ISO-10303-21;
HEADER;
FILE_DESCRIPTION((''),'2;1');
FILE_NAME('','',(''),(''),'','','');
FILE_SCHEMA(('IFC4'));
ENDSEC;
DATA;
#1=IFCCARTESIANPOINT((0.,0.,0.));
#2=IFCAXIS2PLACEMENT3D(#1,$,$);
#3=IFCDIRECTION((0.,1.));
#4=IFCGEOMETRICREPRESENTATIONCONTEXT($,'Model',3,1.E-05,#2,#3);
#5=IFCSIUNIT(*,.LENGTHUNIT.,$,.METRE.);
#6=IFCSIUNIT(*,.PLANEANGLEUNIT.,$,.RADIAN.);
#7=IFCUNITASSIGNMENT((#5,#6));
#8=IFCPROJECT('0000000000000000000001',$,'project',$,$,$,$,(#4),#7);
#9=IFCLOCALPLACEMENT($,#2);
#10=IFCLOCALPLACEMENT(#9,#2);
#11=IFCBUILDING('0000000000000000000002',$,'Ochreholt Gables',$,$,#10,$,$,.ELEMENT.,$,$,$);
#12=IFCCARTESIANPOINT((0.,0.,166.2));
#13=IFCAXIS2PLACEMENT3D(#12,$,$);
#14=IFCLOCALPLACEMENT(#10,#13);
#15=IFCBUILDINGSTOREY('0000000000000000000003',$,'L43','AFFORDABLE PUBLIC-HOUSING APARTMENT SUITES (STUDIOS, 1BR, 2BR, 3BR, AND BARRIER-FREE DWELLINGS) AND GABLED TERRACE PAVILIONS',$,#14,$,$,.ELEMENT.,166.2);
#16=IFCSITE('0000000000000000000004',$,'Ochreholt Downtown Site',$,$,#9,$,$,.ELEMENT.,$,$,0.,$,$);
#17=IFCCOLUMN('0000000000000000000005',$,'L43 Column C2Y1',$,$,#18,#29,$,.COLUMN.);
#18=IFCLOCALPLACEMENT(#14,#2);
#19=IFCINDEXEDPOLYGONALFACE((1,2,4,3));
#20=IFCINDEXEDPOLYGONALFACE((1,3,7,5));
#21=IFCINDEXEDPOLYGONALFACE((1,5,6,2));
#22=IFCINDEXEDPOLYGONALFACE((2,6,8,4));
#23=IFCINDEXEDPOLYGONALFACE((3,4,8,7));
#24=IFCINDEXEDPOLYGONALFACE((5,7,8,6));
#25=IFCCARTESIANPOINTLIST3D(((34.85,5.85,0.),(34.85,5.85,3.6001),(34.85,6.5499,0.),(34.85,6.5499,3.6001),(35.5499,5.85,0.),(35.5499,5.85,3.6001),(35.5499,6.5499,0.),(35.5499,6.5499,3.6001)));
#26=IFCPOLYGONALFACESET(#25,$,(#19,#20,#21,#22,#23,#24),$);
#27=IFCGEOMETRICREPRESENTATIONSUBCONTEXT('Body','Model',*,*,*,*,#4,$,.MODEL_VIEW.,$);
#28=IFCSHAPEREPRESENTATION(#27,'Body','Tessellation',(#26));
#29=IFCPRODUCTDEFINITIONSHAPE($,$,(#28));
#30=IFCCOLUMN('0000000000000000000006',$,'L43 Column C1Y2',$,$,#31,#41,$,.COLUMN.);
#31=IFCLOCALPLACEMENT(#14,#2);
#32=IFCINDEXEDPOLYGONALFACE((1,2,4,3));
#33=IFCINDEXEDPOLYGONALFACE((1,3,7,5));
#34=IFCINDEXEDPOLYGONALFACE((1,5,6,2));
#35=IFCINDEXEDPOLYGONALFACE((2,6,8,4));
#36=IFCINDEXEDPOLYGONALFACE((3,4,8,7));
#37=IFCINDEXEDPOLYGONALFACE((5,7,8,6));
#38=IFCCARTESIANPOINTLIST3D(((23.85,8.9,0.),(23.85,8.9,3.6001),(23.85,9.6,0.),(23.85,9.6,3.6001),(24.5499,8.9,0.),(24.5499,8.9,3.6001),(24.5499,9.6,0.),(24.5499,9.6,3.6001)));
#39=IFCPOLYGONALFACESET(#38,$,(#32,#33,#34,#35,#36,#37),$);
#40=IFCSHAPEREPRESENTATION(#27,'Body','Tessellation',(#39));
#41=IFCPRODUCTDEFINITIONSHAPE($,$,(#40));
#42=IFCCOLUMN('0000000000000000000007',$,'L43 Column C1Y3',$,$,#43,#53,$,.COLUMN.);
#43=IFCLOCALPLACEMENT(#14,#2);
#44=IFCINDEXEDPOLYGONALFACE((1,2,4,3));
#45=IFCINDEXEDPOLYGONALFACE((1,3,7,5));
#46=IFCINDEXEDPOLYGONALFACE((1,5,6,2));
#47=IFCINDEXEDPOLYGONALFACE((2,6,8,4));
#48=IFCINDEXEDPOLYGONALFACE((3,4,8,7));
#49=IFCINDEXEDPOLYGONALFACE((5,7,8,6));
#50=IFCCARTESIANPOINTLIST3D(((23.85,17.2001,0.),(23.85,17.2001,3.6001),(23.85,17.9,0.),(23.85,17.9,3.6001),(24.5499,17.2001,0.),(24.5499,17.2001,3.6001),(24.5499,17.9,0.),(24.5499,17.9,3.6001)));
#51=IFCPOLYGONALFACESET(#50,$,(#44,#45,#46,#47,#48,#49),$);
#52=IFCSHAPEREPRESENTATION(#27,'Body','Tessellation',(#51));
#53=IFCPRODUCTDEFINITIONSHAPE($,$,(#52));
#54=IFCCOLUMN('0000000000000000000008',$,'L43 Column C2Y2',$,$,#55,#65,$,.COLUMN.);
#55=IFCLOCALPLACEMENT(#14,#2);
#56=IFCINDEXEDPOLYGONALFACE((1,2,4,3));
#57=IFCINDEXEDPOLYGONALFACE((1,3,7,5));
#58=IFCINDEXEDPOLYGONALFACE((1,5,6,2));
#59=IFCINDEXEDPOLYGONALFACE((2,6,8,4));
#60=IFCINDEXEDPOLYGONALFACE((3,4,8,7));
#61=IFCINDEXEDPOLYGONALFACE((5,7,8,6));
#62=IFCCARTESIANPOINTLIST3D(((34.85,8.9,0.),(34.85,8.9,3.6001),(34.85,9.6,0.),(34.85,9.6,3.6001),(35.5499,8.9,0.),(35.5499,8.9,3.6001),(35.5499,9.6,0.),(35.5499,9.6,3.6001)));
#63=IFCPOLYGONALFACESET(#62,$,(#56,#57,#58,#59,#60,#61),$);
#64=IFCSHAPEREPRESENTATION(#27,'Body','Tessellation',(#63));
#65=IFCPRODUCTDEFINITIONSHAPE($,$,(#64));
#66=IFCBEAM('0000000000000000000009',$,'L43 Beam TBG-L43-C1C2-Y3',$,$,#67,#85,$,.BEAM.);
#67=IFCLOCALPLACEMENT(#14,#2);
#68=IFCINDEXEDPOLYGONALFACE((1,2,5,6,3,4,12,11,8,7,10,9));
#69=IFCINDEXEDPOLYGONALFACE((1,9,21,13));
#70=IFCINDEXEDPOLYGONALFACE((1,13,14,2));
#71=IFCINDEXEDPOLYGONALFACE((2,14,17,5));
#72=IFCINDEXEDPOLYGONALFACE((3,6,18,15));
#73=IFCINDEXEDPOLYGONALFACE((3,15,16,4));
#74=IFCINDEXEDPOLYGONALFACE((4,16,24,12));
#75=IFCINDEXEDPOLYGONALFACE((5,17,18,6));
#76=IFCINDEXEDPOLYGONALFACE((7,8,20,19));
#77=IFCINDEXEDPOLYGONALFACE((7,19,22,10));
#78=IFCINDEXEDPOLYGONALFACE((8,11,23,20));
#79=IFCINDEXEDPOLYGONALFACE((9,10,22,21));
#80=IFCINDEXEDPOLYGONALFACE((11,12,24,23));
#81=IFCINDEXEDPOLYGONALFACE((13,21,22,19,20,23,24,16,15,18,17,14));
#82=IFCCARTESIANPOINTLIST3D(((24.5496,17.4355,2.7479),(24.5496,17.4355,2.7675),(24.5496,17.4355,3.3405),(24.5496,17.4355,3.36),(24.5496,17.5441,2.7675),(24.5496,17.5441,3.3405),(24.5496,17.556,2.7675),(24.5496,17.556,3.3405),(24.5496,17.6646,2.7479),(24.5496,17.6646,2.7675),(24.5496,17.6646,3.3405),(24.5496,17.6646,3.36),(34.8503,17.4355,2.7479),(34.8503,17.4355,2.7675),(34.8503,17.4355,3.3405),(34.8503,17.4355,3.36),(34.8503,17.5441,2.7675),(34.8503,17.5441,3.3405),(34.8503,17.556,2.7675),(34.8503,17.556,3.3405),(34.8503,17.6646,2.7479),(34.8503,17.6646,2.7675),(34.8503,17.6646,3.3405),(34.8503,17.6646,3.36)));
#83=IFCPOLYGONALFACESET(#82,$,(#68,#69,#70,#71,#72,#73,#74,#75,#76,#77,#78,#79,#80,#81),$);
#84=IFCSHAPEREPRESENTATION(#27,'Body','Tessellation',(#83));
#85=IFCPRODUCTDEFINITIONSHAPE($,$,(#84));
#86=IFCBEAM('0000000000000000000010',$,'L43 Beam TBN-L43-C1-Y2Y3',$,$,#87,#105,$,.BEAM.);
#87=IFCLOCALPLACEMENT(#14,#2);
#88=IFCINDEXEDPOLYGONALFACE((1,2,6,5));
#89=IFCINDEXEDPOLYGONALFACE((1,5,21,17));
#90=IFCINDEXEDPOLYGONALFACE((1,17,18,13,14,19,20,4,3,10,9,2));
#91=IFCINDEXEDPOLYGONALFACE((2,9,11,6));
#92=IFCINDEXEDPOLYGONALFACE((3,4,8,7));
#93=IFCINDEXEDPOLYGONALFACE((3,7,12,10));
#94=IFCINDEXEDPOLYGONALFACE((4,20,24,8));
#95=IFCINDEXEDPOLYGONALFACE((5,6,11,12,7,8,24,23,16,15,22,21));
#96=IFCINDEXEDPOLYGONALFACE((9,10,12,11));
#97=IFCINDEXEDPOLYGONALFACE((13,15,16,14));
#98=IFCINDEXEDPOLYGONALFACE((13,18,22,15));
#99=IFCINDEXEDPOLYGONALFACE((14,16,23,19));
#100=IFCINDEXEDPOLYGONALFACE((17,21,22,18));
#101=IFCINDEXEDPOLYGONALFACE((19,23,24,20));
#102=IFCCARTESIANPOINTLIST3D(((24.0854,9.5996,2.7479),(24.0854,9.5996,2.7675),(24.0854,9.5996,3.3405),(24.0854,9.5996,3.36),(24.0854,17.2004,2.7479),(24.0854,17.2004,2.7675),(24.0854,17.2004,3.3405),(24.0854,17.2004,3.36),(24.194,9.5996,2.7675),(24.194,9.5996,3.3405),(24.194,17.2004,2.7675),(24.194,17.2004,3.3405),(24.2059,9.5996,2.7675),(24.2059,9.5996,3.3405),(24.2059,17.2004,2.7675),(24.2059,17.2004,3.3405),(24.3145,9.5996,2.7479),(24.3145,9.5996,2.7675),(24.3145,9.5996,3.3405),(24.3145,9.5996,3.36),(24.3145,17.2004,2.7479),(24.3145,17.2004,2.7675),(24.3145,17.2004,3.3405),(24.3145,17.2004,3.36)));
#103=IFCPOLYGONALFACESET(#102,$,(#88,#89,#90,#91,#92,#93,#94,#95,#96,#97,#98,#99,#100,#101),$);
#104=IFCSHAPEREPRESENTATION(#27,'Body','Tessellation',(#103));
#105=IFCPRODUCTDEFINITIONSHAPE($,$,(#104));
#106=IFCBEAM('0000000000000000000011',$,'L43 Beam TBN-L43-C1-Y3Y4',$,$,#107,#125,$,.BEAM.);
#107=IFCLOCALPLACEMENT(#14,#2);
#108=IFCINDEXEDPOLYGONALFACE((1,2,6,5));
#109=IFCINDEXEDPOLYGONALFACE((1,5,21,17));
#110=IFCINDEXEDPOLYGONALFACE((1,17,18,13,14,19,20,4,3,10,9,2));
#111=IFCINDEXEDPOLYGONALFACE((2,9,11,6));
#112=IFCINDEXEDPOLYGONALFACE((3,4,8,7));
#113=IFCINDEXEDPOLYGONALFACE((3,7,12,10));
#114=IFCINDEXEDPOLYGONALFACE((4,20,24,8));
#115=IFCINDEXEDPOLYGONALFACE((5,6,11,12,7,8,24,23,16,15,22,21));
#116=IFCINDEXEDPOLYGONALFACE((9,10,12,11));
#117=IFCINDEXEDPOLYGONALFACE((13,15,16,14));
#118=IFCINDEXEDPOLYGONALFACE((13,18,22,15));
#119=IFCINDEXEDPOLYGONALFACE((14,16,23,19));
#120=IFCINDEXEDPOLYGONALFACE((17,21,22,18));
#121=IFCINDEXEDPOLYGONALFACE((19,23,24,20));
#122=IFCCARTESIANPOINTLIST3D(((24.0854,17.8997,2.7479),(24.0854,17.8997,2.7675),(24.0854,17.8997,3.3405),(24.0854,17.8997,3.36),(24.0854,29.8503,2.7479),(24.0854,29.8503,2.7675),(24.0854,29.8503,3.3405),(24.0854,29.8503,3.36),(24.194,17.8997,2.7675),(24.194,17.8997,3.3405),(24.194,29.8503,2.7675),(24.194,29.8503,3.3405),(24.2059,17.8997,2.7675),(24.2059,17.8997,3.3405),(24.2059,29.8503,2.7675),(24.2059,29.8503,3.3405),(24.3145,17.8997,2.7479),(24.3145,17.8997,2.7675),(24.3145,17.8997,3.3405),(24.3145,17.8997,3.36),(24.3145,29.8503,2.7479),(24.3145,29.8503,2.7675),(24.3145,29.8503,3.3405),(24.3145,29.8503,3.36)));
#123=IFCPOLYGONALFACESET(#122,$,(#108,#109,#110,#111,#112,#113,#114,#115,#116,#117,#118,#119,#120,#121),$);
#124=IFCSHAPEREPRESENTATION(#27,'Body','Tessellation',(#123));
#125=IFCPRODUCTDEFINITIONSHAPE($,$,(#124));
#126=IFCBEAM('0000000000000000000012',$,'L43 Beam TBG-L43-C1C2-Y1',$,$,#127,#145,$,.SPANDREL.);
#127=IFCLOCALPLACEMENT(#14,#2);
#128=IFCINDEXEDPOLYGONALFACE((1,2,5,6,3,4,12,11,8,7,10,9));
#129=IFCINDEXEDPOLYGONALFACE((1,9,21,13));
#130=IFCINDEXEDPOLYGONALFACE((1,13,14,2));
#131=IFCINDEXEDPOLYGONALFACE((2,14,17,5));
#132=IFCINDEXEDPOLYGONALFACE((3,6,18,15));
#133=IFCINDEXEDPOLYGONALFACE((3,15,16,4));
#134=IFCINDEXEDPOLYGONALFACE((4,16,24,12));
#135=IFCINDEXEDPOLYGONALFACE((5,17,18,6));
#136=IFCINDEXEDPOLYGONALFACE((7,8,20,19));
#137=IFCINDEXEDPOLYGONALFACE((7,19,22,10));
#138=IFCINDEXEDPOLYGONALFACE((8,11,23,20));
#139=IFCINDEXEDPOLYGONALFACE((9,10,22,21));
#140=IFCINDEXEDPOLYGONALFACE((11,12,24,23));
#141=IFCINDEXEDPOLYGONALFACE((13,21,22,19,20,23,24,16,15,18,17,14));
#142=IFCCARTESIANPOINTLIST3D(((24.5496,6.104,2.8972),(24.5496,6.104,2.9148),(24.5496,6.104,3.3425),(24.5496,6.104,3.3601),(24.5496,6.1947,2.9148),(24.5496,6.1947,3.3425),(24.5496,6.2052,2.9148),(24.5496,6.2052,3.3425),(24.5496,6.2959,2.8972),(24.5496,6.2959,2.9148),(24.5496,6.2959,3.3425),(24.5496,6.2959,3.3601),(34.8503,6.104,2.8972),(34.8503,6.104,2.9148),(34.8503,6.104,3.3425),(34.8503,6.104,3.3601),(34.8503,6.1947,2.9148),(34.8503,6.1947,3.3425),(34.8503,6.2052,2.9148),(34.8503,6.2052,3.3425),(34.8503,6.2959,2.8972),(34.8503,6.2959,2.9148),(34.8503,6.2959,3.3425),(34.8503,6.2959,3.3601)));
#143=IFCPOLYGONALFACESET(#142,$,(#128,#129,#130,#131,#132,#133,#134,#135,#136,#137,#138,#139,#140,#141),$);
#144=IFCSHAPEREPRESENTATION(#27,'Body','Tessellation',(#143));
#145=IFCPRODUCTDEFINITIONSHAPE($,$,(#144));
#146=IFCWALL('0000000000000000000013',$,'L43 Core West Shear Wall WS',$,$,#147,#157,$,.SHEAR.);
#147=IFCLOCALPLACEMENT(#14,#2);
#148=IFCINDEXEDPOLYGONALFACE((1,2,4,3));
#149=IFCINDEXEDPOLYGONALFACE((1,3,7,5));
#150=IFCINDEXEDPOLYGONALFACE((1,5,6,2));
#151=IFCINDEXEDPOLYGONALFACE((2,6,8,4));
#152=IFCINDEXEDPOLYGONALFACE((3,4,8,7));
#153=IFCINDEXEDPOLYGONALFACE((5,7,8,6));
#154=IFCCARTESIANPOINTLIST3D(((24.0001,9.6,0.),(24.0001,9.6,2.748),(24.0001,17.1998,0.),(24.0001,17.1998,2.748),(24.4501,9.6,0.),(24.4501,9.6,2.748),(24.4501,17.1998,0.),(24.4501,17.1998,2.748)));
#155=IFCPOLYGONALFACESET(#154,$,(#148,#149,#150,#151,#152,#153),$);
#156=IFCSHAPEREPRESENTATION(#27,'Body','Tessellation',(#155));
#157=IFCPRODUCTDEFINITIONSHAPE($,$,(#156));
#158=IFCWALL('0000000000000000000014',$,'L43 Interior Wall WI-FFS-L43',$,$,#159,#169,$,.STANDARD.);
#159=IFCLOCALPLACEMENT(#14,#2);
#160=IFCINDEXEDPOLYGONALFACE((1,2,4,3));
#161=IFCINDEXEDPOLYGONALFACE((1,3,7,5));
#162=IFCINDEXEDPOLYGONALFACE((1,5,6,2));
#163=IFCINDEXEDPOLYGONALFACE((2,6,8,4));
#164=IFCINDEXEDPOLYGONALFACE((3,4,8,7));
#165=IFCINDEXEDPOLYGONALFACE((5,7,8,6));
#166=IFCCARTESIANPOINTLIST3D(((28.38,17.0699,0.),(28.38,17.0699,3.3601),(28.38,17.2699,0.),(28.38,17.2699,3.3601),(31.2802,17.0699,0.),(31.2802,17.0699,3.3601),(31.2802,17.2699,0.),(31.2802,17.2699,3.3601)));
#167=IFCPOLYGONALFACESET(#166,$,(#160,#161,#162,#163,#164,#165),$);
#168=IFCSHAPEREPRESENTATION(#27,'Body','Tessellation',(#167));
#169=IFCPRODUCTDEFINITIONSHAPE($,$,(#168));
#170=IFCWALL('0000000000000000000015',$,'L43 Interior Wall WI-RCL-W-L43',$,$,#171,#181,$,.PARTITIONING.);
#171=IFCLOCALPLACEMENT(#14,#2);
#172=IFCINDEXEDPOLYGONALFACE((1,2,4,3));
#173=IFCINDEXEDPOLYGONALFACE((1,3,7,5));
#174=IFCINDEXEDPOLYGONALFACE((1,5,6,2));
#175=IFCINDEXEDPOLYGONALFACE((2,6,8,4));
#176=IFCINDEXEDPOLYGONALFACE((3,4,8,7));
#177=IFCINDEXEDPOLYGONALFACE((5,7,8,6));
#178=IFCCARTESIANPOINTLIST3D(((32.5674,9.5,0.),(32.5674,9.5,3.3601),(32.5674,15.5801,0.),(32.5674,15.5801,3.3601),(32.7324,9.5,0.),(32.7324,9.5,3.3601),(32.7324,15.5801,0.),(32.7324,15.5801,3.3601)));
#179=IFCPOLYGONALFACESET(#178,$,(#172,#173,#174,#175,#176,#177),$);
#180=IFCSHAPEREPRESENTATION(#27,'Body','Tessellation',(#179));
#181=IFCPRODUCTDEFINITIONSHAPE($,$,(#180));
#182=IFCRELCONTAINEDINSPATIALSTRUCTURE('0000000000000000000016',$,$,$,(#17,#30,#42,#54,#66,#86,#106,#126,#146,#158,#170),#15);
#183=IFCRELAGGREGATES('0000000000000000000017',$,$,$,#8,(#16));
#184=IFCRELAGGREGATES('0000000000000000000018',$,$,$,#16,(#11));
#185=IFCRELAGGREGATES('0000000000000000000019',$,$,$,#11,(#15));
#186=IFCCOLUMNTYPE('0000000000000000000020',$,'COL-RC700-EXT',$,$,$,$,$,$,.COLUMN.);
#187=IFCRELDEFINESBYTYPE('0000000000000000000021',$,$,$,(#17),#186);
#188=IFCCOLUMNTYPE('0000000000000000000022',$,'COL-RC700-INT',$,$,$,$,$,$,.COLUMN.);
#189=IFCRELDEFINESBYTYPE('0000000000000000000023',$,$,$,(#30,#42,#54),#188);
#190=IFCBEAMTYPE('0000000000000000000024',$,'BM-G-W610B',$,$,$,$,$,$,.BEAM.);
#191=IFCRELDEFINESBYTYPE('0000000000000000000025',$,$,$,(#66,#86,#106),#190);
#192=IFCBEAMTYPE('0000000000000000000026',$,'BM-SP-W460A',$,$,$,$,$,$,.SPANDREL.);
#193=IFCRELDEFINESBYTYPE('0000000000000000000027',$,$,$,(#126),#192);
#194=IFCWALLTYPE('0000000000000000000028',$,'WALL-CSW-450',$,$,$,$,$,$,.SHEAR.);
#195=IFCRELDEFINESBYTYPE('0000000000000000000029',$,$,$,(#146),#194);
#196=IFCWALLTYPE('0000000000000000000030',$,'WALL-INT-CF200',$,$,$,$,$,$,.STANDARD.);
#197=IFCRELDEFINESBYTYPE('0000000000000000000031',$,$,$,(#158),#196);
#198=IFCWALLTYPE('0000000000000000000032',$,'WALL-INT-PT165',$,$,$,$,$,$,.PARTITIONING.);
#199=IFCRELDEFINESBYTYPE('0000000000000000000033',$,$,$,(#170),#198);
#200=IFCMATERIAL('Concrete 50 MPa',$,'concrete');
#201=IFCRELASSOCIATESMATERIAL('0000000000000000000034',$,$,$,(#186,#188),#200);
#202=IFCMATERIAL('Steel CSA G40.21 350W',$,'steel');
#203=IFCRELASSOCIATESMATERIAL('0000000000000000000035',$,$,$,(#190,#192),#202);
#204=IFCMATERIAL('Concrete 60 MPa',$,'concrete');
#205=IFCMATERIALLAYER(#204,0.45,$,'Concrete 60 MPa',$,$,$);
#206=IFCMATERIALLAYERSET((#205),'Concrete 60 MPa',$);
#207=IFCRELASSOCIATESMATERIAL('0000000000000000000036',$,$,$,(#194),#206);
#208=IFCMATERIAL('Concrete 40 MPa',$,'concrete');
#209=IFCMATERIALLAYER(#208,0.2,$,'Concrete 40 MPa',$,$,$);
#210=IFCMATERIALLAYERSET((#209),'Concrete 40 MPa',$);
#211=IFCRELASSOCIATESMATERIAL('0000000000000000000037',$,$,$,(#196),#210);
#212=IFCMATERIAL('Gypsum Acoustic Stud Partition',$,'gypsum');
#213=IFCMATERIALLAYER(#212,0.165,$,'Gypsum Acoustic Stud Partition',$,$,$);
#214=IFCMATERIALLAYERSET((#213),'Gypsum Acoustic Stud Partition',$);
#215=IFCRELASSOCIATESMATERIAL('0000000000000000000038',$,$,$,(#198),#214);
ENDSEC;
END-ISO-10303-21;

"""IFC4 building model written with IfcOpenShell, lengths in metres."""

from ifc_helpers import new_model, si_unit, direction, frame, frame_2d, origin, origin_2d, place, context, subcontext, project, spatial, rectangle, i_section, extrude, material, layer, layer_set, material_profile, profile_set, type_object, element, save


model = new_model("IFC4")

# Units and contexts
model_context = context("Model", 3, precision=1e-05, world=origin(), true_north=direction((0.0, 1.0)))
body_context = subcontext(model_context, "Body", "Model", "MODEL_VIEW")
ifc_project = project(units=[si_unit("LENGTHUNIT", "METRE"), si_unit("PLANEANGLEUNIT", "RADIAN")], contexts=[model_context])

# Site, building, storey
site_placement = place(None, origin())
site = spatial("IfcSite", under=ifc_project, at=site_placement, Name="Ochreholt Downtown Site", CompositionType="ELEMENT", RefElevation=0.0)
building_placement = place(site_placement, origin())
building = spatial("IfcBuilding", under=site, at=building_placement, Name="Ochreholt Gables", CompositionType="ELEMENT")
storey_placement = place(building_placement, frame((0.0, 0.0, 166.2)))
storey = spatial("IfcBuildingStorey", under=building, at=storey_placement, Name="L43", Description="AFFORDABLE PUBLIC-HOUSING APARTMENT SUITES (STUDIOS, 1BR, 2BR, 3BR, AND BARRIER-FREE DWELLINGS) AND GABLED TERRACE PAVILIONS", CompositionType="ELEMENT", Elevation=166.2)

# Columns
ifc_material_1 = material(Name="Concrete 50 MPa", Category="concrete")
ifc_material_profile_1 = material_profile(ifc_material_1, rectangle(XDim=0.7, YDim=0.7, at=origin_2d()), Name="RC700X700")
ifc_profile_set_1 = profile_set([ifc_material_profile_1], Name="Concrete 50 MPa")
column_type_1 = type_object("IfcColumnType", Name="COL-RC700-EXT", PredefinedType="COLUMN", material=ifc_profile_set_1)
column_placement = place(storey_placement, frame((35.2, 6.2, 0.0), z_axis=(0.0, 0.0, 1.0), x_axis=(1.0, 0.0, 0.0)))
element("IfcColumn", 1, at=column_placement, inside=storey, type_object=column_type_1, Name="L43 Column C2Y1", PredefinedType="COLUMN", context=body_context, shape_type="SweptSolid", body=[
    extrude(rectangle(XDim=0.7, YDim=0.7, at=origin_2d()), origin(), (0.0, 0.0, 1.0), 3.6001),
])
ifc_material_profile_2 = material_profile(ifc_material_1, rectangle(XDim=0.7, YDim=0.7, at=origin_2d()), Name="RC700X700")
ifc_profile_set_2 = profile_set([ifc_material_profile_2], Name="Concrete 50 MPa")
column_type_2 = type_object("IfcColumnType", Name="COL-RC700-INT", PredefinedType="COLUMN", material=ifc_profile_set_2)
for number, where, z_axis, x_axis, name in (
    (2, (24.2, 9.25, 0.0), (0.0, 0.0, 1.0), (1.0, 0.0, 0.0), "L43 Column C1Y2"),
    (3, (24.2, 17.55, 0.0), (0.0, 0.0, 1.0), (1.0, 0.0, 0.0), "L43 Column C1Y3"),
    (4, (35.2, 9.25, 0.0), (0.0, 0.0, 1.0), (1.0, 0.0, 0.0), "L43 Column C2Y2"),
):
    element("IfcColumn", number, at=place(storey_placement, frame(where, z_axis=z_axis, x_axis=x_axis)), inside=storey, type_object=column_type_2, Name=name, PredefinedType="COLUMN", context=body_context, shape_type="SweptSolid", body=[
        extrude(rectangle(XDim=0.7, YDim=0.7, at=origin_2d()), origin(), (0.0, 0.0, 1.0), 3.6001),
    ])

# Beams
ifc_material_2 = material(Name="Steel CSA G40.21 350W", Category="steel")
ifc_material_profile_3 = material_profile(ifc_material_2, i_section(OverallWidth=0.229, OverallDepth=0.6121, WebThickness=0.012, FlangeThickness=0.0195, at=origin_2d()), Name="W610X125")
ifc_profile_set_3 = profile_set([ifc_material_profile_3], Name="Steel CSA G40.21 350W")
beam_type_1 = type_object("IfcBeamType", Name="BM-G-W610B", PredefinedType="BEAM", material=ifc_profile_set_3)
beam_1_placement = place(storey_placement, frame((24.5496, 17.55, 3.054), z_axis=(1.0, 0.0, 0.0), x_axis=(0.0, 1.0, 0.0)))
element("IfcBeam", 5, at=beam_1_placement, inside=storey, type_object=beam_type_1, Name="L43 Beam TBG-L43-C1C2-Y3", PredefinedType="BEAM", context=body_context, shape_type="SweptSolid", body=[
    extrude(i_section(OverallWidth=0.229, OverallDepth=0.6121, WebThickness=0.012, FlangeThickness=0.0195, at=origin_2d()), origin(), (0.0, 0.0, 1.0), 10.3008),
])
beam_2_placement = place(storey_placement, frame((24.2, 9.5996, 3.054), z_axis=(0.0, 1.0, 0.0), x_axis=(-1.0, 0.0, 0.0)))
element("IfcBeam", 6, at=beam_2_placement, inside=storey, type_object=beam_type_1, Name="L43 Beam TBN-L43-C1-Y2Y3", PredefinedType="BEAM", context=body_context, shape_type="SweptSolid", body=[
    extrude(i_section(OverallWidth=0.229, OverallDepth=0.6121, WebThickness=0.012, FlangeThickness=0.0195, at=origin_2d()), origin(), (0.0, 0.0, 1.0), 7.6008),
])
beam_3_placement = place(storey_placement, frame((24.2, 17.8997, 3.054), z_axis=(0.0, 1.0, 0.0), x_axis=(-1.0, 0.0, 0.0)))
element("IfcBeam", 7, at=beam_3_placement, inside=storey, type_object=beam_type_1, Name="L43 Beam TBN-L43-C1-Y3Y4", PredefinedType="BEAM", context=body_context, shape_type="SweptSolid", body=[
    extrude(i_section(OverallWidth=0.229, OverallDepth=0.6121, WebThickness=0.012, FlangeThickness=0.0195, at=origin_2d()), origin(), (0.0, 0.0, 1.0), 11.9507),
])
ifc_material_profile_4 = material_profile(ifc_material_2, i_section(OverallWidth=0.1919, OverallDepth=0.4629, WebThickness=0.0105, FlangeThickness=0.0176, at=origin_2d()), Name="W460X89")
ifc_profile_set_4 = profile_set([ifc_material_profile_4], Name="Steel CSA G40.21 350W")
beam_type_2 = type_object("IfcBeamType", Name="BM-SP-W460A", PredefinedType="SPANDREL", material=ifc_profile_set_4)
beam_4_placement = place(storey_placement, frame((24.5496, 6.2, 3.1287), z_axis=(1.0, 0.0, 0.0), x_axis=(0.0, 1.0, 0.0)))
element("IfcBeam", 8, at=beam_4_placement, inside=storey, type_object=beam_type_2, Name="L43 Beam TBG-L43-C1C2-Y1", PredefinedType="SPANDREL", context=body_context, shape_type="SweptSolid", body=[
    extrude(i_section(OverallWidth=0.1919, OverallDepth=0.4629, WebThickness=0.0105, FlangeThickness=0.0176, at=origin_2d()), origin(), (0.0, 0.0, 1.0), 10.3008),
])

# Walls
ifc_material_3 = material(Name="Concrete 60 MPa", Category="concrete")
ifc_layer_1 = layer(ifc_material_3, 0.45, Name="Concrete 60 MPa")
ifc_layer_set_1 = layer_set([ifc_layer_1], Name="Concrete 60 MPa")
wall_type_1 = type_object("IfcWallType", Name="WALL-CSW-450", PredefinedType="SHEAR", material=ifc_layer_set_1)
wall_1_placement = place(storey_placement, frame((24.2251, 9.6001, 0.0), z_axis=(0.0, 0.0, 1.0), x_axis=(0.0, 1.0, 0.0)))
element("IfcWall", 9, at=wall_1_placement, inside=storey, type_object=wall_type_1, Name="L43 Core West Shear Wall WS", PredefinedType="SHEAR", context=body_context, shape_type="SweptSolid", body=[
    extrude(rectangle(XDim=7.5999, YDim=0.45, at=frame_2d((3.7998, 0.0))), origin(), (0.0, 0.0, 1.0), 2.748),
])
ifc_material_4 = material(Name="Concrete 40 MPa", Category="concrete")
ifc_layer_2 = layer(ifc_material_4, 0.2, Name="Concrete 40 MPa")
ifc_layer_set_2 = layer_set([ifc_layer_2], Name="Concrete 40 MPa")
wall_type_2 = type_object("IfcWallType", Name="WALL-INT-CF200", PredefinedType="STANDARD", material=ifc_layer_set_2)
wall_2_placement = place(storey_placement, frame((28.3799, 17.1699, 0.0), z_axis=(0.0, 0.0, 1.0), x_axis=(1.0, 0.0, 0.0)))
element("IfcWall", 10, at=wall_2_placement, inside=storey, type_object=wall_type_2, Name="L43 Interior Wall WI-FFS-L43", PredefinedType="STANDARD", context=body_context, shape_type="SweptSolid", body=[
    extrude(rectangle(XDim=2.9001, YDim=0.2, at=frame_2d((1.4502, 0.0))), origin(), (0.0, 0.0, 1.0), 3.3601),
])

# Wall
ifc_material_5 = material(Name="Gypsum Acoustic Stud Partition", Category="gypsum")
ifc_layer_3 = layer(ifc_material_5, 0.165, Name="Gypsum Acoustic Stud Partition")
ifc_layer_set_3 = layer_set([ifc_layer_3], Name="Gypsum Acoustic Stud Partition")
wall_type_3 = type_object("IfcWallType", Name="WALL-INT-PT165", PredefinedType="PARTITIONING", material=ifc_layer_set_3)
wall_3_placement = place(storey_placement, frame((32.6499, 9.5, 0.0), z_axis=(0.0, 0.0, 1.0), x_axis=(0.0, 1.0, 0.0)))
element("IfcWall", 11, at=wall_3_placement, inside=storey, type_object=wall_type_3, Name="L43 Interior Wall WI-RCL-W-L43", PredefinedType="PARTITIONING", context=body_context, shape_type="SweptSolid", body=[
    extrude(rectangle(XDim=6.0801, YDim=0.165, at=frame_2d((3.04, 0.0))), origin(), (0.0, 0.0, 1.0), 3.3601),
])

save(model, "model.ifc")
